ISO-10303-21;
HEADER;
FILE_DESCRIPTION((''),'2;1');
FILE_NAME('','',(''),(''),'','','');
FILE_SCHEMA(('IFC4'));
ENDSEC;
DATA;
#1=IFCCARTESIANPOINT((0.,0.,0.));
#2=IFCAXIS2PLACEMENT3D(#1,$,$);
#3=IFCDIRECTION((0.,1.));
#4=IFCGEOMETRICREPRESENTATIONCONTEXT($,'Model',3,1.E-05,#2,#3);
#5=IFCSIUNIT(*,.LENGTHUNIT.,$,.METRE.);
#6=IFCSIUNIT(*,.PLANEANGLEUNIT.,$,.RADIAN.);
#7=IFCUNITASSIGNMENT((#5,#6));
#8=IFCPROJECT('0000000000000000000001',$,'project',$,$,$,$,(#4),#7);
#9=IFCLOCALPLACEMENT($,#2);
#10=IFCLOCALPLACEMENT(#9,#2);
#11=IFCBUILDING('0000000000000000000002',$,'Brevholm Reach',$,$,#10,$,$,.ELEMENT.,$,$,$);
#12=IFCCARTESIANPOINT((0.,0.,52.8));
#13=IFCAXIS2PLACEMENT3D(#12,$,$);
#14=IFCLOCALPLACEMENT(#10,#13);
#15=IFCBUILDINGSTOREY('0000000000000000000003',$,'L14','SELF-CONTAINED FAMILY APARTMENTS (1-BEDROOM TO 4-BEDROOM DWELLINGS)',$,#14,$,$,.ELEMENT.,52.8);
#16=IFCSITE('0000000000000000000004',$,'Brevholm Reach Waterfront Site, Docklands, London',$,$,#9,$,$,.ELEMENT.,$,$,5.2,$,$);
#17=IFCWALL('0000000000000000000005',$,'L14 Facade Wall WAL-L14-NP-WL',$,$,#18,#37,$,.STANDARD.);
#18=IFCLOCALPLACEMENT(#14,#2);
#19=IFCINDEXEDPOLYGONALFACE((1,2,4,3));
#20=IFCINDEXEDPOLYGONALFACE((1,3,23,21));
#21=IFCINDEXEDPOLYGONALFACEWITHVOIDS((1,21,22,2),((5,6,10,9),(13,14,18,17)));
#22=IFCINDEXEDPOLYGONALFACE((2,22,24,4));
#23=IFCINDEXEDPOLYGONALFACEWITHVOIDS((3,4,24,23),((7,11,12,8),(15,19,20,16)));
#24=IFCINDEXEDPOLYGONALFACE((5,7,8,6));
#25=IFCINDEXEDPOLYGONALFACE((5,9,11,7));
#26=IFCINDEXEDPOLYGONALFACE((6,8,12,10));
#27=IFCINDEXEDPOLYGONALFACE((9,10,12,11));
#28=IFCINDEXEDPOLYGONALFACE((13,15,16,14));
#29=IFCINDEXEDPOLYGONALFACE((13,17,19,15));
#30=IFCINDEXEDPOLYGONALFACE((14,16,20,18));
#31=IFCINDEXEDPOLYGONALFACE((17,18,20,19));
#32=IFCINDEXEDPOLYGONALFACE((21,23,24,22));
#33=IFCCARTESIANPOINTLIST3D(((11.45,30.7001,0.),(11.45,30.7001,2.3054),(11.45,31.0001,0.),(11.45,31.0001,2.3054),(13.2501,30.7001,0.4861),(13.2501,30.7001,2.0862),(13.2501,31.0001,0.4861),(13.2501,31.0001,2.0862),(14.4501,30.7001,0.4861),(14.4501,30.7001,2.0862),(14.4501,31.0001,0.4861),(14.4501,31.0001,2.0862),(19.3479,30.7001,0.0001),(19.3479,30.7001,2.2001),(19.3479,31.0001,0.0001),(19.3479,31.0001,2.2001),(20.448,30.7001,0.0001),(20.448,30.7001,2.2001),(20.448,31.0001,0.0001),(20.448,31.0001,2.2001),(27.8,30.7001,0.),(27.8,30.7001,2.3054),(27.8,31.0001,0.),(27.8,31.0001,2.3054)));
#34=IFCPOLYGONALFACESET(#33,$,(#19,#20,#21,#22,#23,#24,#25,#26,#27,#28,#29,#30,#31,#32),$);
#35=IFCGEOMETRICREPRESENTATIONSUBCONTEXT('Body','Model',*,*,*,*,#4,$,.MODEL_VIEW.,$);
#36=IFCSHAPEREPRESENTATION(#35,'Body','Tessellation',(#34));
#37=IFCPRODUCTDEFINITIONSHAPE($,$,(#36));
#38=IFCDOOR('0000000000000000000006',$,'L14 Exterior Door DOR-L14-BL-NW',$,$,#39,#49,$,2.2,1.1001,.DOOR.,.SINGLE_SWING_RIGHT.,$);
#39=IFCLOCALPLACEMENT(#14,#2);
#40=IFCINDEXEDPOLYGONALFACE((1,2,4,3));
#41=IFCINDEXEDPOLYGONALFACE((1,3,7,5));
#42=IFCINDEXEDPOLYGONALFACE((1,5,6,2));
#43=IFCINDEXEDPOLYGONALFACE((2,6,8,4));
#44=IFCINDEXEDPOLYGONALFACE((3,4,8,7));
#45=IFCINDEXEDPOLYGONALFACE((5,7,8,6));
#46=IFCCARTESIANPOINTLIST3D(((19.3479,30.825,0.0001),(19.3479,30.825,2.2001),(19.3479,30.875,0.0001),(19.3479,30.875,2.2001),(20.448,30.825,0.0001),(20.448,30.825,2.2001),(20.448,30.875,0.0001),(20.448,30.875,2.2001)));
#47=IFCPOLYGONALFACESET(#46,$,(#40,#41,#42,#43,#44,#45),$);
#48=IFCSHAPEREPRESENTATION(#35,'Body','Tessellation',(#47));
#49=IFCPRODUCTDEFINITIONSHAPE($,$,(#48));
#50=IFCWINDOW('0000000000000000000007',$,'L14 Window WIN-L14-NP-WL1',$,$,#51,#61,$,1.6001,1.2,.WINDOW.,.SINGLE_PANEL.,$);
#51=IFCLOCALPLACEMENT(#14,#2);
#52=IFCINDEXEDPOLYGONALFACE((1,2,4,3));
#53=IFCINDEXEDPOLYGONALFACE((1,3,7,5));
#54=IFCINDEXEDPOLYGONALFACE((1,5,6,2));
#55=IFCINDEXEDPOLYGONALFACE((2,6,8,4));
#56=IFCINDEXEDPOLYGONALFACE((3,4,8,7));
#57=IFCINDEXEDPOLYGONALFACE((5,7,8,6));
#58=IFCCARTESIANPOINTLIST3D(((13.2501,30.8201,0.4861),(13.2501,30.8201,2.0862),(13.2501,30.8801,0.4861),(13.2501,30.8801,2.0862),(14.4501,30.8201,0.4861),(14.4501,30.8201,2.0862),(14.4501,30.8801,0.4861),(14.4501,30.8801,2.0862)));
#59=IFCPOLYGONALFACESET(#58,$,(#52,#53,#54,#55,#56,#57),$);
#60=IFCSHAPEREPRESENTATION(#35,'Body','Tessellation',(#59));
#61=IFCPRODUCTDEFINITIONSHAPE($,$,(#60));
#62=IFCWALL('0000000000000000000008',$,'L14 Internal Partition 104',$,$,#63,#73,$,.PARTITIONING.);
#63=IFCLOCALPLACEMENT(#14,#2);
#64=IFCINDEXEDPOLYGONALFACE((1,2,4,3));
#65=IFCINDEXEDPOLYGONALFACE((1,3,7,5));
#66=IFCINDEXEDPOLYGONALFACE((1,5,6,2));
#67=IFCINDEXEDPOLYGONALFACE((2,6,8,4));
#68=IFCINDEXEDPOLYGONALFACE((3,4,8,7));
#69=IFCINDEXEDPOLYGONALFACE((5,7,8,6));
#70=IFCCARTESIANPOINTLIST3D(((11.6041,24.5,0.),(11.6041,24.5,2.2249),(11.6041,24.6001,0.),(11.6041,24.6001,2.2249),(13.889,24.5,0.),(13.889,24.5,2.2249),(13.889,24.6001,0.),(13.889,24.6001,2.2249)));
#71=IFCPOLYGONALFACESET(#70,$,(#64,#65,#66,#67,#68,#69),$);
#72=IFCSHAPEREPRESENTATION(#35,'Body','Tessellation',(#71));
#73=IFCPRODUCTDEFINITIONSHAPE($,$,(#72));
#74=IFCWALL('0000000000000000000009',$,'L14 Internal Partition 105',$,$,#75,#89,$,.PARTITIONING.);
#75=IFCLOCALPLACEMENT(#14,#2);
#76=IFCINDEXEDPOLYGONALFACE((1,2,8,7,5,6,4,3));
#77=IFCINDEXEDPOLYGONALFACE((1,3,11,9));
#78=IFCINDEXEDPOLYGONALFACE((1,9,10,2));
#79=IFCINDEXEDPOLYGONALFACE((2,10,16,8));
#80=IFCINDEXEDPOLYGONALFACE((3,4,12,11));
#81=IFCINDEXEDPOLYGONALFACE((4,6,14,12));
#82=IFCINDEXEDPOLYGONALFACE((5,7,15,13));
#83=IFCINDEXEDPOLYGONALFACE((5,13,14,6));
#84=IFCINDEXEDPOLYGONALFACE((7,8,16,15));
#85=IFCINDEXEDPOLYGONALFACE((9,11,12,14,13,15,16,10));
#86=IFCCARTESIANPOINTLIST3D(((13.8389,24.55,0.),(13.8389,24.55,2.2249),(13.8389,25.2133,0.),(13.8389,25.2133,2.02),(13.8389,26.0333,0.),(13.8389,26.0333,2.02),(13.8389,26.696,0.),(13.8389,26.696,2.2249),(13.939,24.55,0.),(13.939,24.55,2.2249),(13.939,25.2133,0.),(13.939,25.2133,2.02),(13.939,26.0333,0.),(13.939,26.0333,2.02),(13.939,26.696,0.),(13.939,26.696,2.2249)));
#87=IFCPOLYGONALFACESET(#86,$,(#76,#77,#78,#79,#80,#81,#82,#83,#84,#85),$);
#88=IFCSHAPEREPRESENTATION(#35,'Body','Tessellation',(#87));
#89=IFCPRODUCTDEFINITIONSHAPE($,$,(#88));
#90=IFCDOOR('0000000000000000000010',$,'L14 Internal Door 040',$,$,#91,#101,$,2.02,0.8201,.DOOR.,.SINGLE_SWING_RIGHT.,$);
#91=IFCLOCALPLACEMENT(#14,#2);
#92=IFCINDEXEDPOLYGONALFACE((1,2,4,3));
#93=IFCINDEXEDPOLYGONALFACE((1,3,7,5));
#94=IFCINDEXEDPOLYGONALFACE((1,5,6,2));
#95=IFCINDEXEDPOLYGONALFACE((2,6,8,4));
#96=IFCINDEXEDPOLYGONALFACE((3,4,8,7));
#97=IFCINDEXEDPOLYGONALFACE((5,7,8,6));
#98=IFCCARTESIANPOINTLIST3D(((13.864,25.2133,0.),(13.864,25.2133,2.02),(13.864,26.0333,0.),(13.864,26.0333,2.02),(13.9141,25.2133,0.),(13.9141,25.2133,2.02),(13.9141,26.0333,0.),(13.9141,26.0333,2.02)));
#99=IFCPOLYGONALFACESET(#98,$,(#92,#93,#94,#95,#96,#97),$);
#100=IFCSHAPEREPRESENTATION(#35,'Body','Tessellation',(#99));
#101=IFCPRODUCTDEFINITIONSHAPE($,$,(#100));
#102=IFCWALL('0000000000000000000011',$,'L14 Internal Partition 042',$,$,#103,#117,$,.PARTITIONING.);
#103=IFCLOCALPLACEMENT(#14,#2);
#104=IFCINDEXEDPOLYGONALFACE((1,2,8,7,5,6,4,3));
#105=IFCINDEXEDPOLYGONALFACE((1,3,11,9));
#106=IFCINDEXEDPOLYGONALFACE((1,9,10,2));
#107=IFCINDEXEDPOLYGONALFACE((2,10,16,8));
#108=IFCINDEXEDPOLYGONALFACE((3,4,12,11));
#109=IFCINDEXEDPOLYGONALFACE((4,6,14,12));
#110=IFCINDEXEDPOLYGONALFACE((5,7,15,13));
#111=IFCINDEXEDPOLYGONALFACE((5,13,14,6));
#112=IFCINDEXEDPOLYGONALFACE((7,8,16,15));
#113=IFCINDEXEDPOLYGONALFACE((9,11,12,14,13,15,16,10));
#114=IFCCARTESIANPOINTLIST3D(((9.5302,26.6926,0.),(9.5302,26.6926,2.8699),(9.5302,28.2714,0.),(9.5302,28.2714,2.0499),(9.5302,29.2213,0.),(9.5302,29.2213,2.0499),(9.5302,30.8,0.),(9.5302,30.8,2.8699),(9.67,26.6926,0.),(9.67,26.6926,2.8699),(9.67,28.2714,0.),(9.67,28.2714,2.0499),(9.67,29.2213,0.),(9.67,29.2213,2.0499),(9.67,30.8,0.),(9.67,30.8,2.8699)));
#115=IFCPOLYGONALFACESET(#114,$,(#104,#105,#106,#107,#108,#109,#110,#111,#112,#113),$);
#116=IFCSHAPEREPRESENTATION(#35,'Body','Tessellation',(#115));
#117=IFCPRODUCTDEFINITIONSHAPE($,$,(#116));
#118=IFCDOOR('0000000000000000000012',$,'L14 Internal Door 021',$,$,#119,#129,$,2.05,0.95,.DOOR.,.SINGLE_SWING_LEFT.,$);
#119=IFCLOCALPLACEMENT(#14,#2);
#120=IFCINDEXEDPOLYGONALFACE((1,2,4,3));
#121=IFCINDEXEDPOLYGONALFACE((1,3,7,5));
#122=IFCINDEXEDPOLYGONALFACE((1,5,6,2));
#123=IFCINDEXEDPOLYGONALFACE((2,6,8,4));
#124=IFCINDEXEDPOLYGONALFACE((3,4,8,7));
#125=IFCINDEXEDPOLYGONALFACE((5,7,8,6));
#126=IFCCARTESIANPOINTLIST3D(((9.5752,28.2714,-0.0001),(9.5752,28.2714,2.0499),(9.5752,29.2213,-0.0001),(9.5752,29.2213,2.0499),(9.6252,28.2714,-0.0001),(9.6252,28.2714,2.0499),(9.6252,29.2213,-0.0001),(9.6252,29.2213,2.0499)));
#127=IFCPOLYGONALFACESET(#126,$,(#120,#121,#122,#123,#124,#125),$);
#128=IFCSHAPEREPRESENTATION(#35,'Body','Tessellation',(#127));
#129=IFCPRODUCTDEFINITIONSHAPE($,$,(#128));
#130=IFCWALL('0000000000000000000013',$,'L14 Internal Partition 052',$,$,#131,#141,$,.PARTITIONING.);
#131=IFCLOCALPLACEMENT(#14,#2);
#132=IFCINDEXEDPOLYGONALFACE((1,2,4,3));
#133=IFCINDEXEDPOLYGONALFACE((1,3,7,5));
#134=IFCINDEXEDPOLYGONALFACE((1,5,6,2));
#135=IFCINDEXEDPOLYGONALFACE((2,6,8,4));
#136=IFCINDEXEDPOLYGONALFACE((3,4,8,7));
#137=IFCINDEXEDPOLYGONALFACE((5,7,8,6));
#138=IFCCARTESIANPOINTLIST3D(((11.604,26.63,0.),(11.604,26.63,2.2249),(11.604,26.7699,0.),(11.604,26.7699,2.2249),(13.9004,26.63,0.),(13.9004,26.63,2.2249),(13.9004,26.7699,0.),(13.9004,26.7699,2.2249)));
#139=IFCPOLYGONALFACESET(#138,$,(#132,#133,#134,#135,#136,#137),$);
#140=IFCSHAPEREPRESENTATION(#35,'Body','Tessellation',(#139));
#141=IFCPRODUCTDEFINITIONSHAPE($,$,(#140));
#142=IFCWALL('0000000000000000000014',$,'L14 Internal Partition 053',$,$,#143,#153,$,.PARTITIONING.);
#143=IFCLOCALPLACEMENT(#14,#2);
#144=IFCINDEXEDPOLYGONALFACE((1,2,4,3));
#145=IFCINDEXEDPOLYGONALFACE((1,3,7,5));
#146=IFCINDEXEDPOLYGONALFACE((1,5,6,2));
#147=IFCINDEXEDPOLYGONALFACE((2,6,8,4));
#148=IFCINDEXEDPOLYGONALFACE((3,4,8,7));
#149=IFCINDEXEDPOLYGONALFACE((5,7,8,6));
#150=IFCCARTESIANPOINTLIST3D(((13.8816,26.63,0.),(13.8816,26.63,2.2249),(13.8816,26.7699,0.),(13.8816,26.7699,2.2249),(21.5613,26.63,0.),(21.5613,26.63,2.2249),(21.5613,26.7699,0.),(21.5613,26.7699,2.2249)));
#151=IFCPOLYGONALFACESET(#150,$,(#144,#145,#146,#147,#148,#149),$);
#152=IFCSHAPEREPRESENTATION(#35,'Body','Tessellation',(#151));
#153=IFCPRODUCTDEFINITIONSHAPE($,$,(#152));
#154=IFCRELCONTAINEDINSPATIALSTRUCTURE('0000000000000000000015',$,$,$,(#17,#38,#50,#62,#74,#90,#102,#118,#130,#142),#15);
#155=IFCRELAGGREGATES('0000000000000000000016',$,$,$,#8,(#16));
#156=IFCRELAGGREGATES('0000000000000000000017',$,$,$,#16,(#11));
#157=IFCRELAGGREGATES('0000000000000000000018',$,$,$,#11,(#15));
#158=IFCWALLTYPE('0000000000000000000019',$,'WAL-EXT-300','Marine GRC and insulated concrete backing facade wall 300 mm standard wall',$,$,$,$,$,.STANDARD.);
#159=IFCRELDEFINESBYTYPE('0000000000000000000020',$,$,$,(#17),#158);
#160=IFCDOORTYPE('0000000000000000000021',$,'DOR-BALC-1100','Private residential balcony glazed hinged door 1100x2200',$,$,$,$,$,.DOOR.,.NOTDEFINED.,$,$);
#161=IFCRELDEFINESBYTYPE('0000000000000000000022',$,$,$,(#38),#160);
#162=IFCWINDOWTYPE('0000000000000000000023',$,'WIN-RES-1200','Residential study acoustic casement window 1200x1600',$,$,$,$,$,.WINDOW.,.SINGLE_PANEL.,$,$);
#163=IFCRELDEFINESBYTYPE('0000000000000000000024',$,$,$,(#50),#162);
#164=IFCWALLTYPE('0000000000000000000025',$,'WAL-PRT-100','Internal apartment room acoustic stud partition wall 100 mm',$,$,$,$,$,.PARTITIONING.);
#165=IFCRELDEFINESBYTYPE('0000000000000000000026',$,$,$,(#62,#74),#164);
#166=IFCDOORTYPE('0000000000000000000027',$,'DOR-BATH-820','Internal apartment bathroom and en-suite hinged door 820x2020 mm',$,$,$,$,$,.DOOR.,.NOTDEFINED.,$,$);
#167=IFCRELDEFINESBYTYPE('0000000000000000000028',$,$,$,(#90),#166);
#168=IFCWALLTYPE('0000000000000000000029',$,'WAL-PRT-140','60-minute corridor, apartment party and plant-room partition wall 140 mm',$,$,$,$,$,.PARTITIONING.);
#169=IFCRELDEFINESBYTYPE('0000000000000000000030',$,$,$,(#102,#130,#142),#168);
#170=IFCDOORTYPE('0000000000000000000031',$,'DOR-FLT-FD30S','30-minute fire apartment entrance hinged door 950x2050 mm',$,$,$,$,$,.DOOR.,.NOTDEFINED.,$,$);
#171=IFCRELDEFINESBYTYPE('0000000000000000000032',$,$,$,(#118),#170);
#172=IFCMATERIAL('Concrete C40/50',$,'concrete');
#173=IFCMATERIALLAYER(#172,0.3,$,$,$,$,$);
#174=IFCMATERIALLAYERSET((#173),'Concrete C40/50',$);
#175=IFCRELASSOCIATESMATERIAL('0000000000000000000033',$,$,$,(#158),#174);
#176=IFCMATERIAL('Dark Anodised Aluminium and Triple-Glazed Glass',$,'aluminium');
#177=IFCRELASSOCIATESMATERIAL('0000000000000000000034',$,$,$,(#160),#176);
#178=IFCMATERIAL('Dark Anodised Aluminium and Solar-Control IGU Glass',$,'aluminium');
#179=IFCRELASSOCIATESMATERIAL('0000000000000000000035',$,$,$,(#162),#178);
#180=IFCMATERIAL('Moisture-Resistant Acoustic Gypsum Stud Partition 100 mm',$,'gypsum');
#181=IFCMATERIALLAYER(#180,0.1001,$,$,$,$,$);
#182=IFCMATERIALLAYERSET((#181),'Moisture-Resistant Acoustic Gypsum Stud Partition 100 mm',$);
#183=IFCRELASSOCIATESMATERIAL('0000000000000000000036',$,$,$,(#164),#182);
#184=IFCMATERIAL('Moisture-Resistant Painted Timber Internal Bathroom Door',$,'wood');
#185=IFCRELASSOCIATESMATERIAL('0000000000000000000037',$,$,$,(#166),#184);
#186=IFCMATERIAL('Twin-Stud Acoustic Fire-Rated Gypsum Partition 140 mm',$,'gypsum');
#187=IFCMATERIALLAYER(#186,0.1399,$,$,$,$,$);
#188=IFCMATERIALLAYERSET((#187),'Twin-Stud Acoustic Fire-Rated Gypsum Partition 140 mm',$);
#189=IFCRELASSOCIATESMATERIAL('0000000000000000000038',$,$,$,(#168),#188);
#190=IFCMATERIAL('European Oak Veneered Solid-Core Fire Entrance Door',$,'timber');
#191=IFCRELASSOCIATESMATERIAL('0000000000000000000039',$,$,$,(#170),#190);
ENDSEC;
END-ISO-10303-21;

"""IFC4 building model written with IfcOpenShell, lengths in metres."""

from ifc_helpers import new_model, si_unit, direction, frame, frame_2d, origin, place, context, subcontext, project, spatial, rectangle, extrude, material, layer, layer_set, type_object, element, fill, save


model = new_model("IFC4")

# Units and contexts
model_context = context("Model", 3, precision=1e-05, world=origin(), true_north=direction((0.0, 1.0)))
body_context = subcontext(model_context, "Body", "Model", "MODEL_VIEW")
ifc_project = project(units=[si_unit("LENGTHUNIT", "METRE"), si_unit("PLANEANGLEUNIT", "RADIAN")], contexts=[model_context])

# Site, building, storey
site_placement = place(None, origin())
site = spatial("IfcSite", under=ifc_project, at=site_placement, Name="Brevholm Reach Waterfront Site, Docklands, London", CompositionType="ELEMENT", RefElevation=5.2)
building_placement = place(site_placement, origin())
building = spatial("IfcBuilding", under=site, at=building_placement, Name="Brevholm Reach", CompositionType="ELEMENT")
storey_placement = place(building_placement, frame((0.0, 0.0, 52.8)))
storey = spatial("IfcBuildingStorey", under=building, at=storey_placement, Name="L14", Description="SELF-CONTAINED FAMILY APARTMENTS (1-BEDROOM TO 4-BEDROOM DWELLINGS)", CompositionType="ELEMENT", Elevation=52.8)

# Wall, openings, door, window
ifc_material_1 = material(Name="Concrete C40/50", Category="concrete")
ifc_layer_1 = layer(ifc_material_1, 0.3)
ifc_layer_set_1 = layer_set([ifc_layer_1], Name="Concrete C40/50")
wall_type_1 = type_object("IfcWallType", Name="WAL-EXT-300", Description="Marine GRC and insulated concrete backing facade wall 300 mm standard wall", PredefinedType="STANDARD", material=ifc_layer_set_1)
wall_1_placement = place(storey_placement, frame((11.45, 30.8501, 0.0), z_axis=(0.0, 0.0, 1.0), x_axis=(1.0, 0.0, 0.0)))
wall_1 = element("IfcWall", 1, at=wall_1_placement, inside=storey, type_object=wall_type_1, Name="L14 Facade Wall WAL-L14-NP-WL", PredefinedType="STANDARD", context=body_context, shape_type="SweptSolid", body=[
    extrude(rectangle(XDim=16.3501, YDim=0.3, at=frame_2d((8.175, 0.0))), origin(), (0.0, 0.0, 1.0), 2.3054),
])
opening_1_placement = place(wall_1_placement, frame((7.8979, 0.0, 0.0)))
opening_1 = element("IfcOpeningElement", 2, at=opening_1_placement, cuts=wall_1, PredefinedType="OPENING", context=body_context, shape_type="SweptSolid", body=[
    extrude(rectangle(XDim=1.1001, YDim=2.2, at=frame_2d((0.55, 1.1001))), frame((0.0, 0.1599, 0.0), z_axis=(0.0, -1.0, 0.0), x_axis=(1.0, 0.0, 0.0)), (0.0, 0.0, 1.0), 0.3201),
])
opening_2_placement = place(wall_1_placement, frame((1.8, 0.0, 0.4861)))
opening_2 = element("IfcOpeningElement", 3, at=opening_2_placement, cuts=wall_1, PredefinedType="OPENING", context=body_context, shape_type="SweptSolid", body=[
    extrude(rectangle(XDim=1.2, YDim=1.6001, at=frame_2d((0.6001, 0.8))), frame((0.0, 0.1599, 0.0), z_axis=(0.0, -1.0, 0.0), x_axis=(1.0, 0.0, 0.0)), (0.0, 0.0, 1.0), 0.3201),
])
ifc_material_2 = material(Name="Dark Anodised Aluminium and Triple-Glazed Glass", Category="aluminium")
door_type_1 = type_object("IfcDoorType", Name="DOR-BALC-1100", Description="Private residential balcony glazed hinged door 1100x2200", OperationType="NOTDEFINED", PredefinedType="DOOR", material=ifc_material_2)
door_1_placement = place(opening_1_placement, origin())
door_1 = element("IfcDoor", 4, at=door_1_placement, inside=storey, type_object=door_type_1, Name="L14 Exterior Door DOR-L14-BL-NW", OperationType="SINGLE_SWING_RIGHT", OverallHeight=2.2, OverallWidth=1.1001, PredefinedType="DOOR", context=body_context, shape_type="SweptSolid", body=[
    extrude(rectangle(XDim=1.1001, YDim=2.2, at=frame_2d((0.55, 1.1001))), frame((0.0, 0.0249, 0.0), z_axis=(0.0, -1.0, 0.0), x_axis=(1.0, 0.0, 0.0)), (0.0, 0.0, 1.0), 0.05),
])
fill(opening_1, door_1)
ifc_material_3 = material(Name="Dark Anodised Aluminium and Solar-Control IGU Glass", Category="aluminium")
window_type = type_object("IfcWindowType", Name="WIN-RES-1200", Description="Residential study acoustic casement window 1200x1600", PartitioningType="SINGLE_PANEL", PredefinedType="WINDOW", material=ifc_material_3)
window_placement = place(opening_2_placement, origin())
window = element("IfcWindow", 5, at=window_placement, inside=storey, type_object=window_type, Name="L14 Window WIN-L14-NP-WL1", OverallHeight=1.6001, OverallWidth=1.2, PartitioningType="SINGLE_PANEL", PredefinedType="WINDOW", context=body_context, shape_type="SweptSolid", body=[
    extrude(rectangle(XDim=1.2, YDim=1.6001, at=frame_2d((0.6001, 0.8))), frame((0.0, 0.03, 0.0), z_axis=(0.0, -1.0, 0.0), x_axis=(1.0, 0.0, 0.0)), (0.0, 0.0, 1.0), 0.0601),
])
fill(opening_2, window)

# Wall
ifc_material_4 = material(Name="Moisture-Resistant Acoustic Gypsum Stud Partition 100 mm", Category="gypsum")
ifc_layer_2 = layer(ifc_material_4, 0.1001)
ifc_layer_set_2 = layer_set([ifc_layer_2], Name="Moisture-Resistant Acoustic Gypsum Stud Partition 100 mm")
wall_type_2 = type_object("IfcWallType", Name="WAL-PRT-100", Description="Internal apartment room acoustic stud partition wall 100 mm", PredefinedType="PARTITIONING", material=ifc_layer_set_2)
wall_2_placement = place(storey_placement, frame((11.604, 24.55, 0.0), z_axis=(0.0, 0.0, 1.0), x_axis=(1.0, 0.0, 0.0)))
element("IfcWall", 6, at=wall_2_placement, inside=storey, type_object=wall_type_2, Name="L14 Internal Partition 104", PredefinedType="PARTITIONING", context=body_context, shape_type="SweptSolid", body=[
    extrude(rectangle(XDim=2.2849, YDim=0.1001, at=frame_2d((1.1426, 0.0))), origin(), (0.0, 0.0, 1.0), 2.2249),
])

# Walls, openings, doors
wall_3_placement = place(storey_placement, frame((13.8889, 24.55, 0.0), z_axis=(0.0, 0.0, 1.0), x_axis=(0.0, 1.0, 0.0)))
wall_3 = element("IfcWall", 7, at=wall_3_placement, inside=storey, type_object=wall_type_2, Name="L14 Internal Partition 105", PredefinedType="PARTITIONING", context=body_context, shape_type="SweptSolid", body=[
    extrude(rectangle(XDim=2.146, YDim=0.1001, at=frame_2d((1.073, 0.0))), origin(), (0.0, 0.0, 1.0), 2.2249),
])
opening_3_placement = place(wall_3_placement, frame((0.6631, 0.0, 0.0)))
opening_3 = element("IfcOpeningElement", 8, at=opening_3_placement, cuts=wall_3, PredefinedType="OPENING", context=body_context, shape_type="SweptSolid", body=[
    extrude(rectangle(XDim=0.8201, YDim=2.02, at=frame_2d((0.4102, 1.01))), frame((0.0, 0.0601, 0.0), z_axis=(0.0, -1.0, 0.0), x_axis=(1.0, 0.0, 0.0)), (0.0, 0.0, 1.0), 0.1201),
])
ifc_material_5 = material(Name="Moisture-Resistant Painted Timber Internal Bathroom Door", Category="wood")
door_type_2 = type_object("IfcDoorType", Name="DOR-BATH-820", Description="Internal apartment bathroom and en-suite hinged door 820x2020 mm", OperationType="NOTDEFINED", PredefinedType="DOOR", material=ifc_material_5)
door_2_placement = place(opening_3_placement, origin())
door_2 = element("IfcDoor", 9, at=door_2_placement, inside=storey, type_object=door_type_2, Name="L14 Internal Door 040", OperationType="SINGLE_SWING_RIGHT", OverallHeight=2.02, OverallWidth=0.8201, PredefinedType="DOOR", context=body_context, shape_type="SweptSolid", body=[
    extrude(rectangle(XDim=0.8201, YDim=2.02, at=frame_2d((0.4102, 1.01))), frame((0.0, 0.0249, 0.0), z_axis=(0.0, -1.0, 0.0), x_axis=(1.0, 0.0, 0.0)), (0.0, 0.0, 1.0), 0.05),
])
fill(opening_3, door_2)
ifc_material_6 = material(Name="Twin-Stud Acoustic Fire-Rated Gypsum Partition 140 mm", Category="gypsum")
ifc_layer_3 = layer(ifc_material_6, 0.1399)
ifc_layer_set_3 = layer_set([ifc_layer_3], Name="Twin-Stud Acoustic Fire-Rated Gypsum Partition 140 mm")
wall_type_3 = type_object("IfcWallType", Name="WAL-PRT-140", Description="60-minute corridor, apartment party and plant-room partition wall 140 mm", PredefinedType="PARTITIONING", material=ifc_layer_set_3)
wall_4_placement = place(storey_placement, frame((9.6001, 26.6926, 0.0), z_axis=(0.0, 0.0, 1.0), x_axis=(0.0, 1.0, 0.0)))
wall_4 = element("IfcWall", 10, at=wall_4_placement, inside=storey, type_object=wall_type_3, Name="L14 Internal Partition 042", PredefinedType="PARTITIONING", context=body_context, shape_type="SweptSolid", body=[
    extrude(rectangle(XDim=4.1074, YDim=0.1399, at=frame_2d((2.0537, 0.0))), origin(), (0.0, 0.0, 1.0), 2.8699),
])
opening_4_placement = place(wall_4_placement, frame((1.5786, 0.0, 0.0)))
opening_4 = element("IfcOpeningElement", 11, at=opening_4_placement, cuts=wall_4, PredefinedType="OPENING", context=body_context, shape_type="SweptSolid", body=[
    extrude(rectangle(XDim=0.95, YDim=2.05, at=frame_2d((0.4751, 1.0249))), frame((0.0, 0.0798, 0.0), z_axis=(0.0, -1.0, 0.0), x_axis=(1.0, 0.0, 0.0)), (0.0, 0.0, 1.0), 0.1599),
])
ifc_material_7 = material(Name="European Oak Veneered Solid-Core Fire Entrance Door", Category="timber")
door_type_3 = type_object("IfcDoorType", Name="DOR-FLT-FD30S", Description="30-minute fire apartment entrance hinged door 950x2050 mm", OperationType="NOTDEFINED", PredefinedType="DOOR", material=ifc_material_7)
door_3_placement = place(opening_4_placement, origin())
door_3 = element("IfcDoor", 12, at=door_3_placement, inside=storey, type_object=door_type_3, Name="L14 Internal Door 021", OperationType="SINGLE_SWING_LEFT", OverallHeight=2.05, OverallWidth=0.95, PredefinedType="DOOR", context=body_context, shape_type="SweptSolid", body=[
    extrude(rectangle(XDim=0.95, YDim=2.05, at=frame_2d((0.4751, 1.0249))), frame((0.0, 0.0249, 0.0), z_axis=(0.0, -1.0, 0.0), x_axis=(1.0, 0.0, 0.0)), (0.0, 0.0, 1.0), 0.05),
])
fill(opening_4, door_3)

# Walls
wall_5_placement = place(storey_placement, frame((11.604, 26.7, 0.0), z_axis=(0.0, 0.0, 1.0), x_axis=(1.0, 0.0, 0.0)))
element("IfcWall", 13, at=wall_5_placement, inside=storey, type_object=wall_type_3, Name="L14 Internal Partition 052", PredefinedType="PARTITIONING", context=body_context, shape_type="SweptSolid", body=[
    extrude(rectangle(XDim=2.2964, YDim=0.1399, at=frame_2d((1.1482, 0.0))), origin(), (0.0, 0.0, 1.0), 2.2249),
])
wall_6_placement = place(storey_placement, frame((13.8816, 26.7, 0.0), z_axis=(0.0, 0.0, 1.0), x_axis=(1.0, 0.0, 0.0)))
element("IfcWall", 14, at=wall_6_placement, inside=storey, type_object=wall_type_3, Name="L14 Internal Partition 053", PredefinedType="PARTITIONING", context=body_context, shape_type="SweptSolid", body=[
    extrude(rectangle(XDim=7.6797, YDim=0.1399, at=frame_2d((3.8398, 0.0))), origin(), (0.0, 0.0, 1.0), 2.2249),
])

save(model, "model.ifc")
